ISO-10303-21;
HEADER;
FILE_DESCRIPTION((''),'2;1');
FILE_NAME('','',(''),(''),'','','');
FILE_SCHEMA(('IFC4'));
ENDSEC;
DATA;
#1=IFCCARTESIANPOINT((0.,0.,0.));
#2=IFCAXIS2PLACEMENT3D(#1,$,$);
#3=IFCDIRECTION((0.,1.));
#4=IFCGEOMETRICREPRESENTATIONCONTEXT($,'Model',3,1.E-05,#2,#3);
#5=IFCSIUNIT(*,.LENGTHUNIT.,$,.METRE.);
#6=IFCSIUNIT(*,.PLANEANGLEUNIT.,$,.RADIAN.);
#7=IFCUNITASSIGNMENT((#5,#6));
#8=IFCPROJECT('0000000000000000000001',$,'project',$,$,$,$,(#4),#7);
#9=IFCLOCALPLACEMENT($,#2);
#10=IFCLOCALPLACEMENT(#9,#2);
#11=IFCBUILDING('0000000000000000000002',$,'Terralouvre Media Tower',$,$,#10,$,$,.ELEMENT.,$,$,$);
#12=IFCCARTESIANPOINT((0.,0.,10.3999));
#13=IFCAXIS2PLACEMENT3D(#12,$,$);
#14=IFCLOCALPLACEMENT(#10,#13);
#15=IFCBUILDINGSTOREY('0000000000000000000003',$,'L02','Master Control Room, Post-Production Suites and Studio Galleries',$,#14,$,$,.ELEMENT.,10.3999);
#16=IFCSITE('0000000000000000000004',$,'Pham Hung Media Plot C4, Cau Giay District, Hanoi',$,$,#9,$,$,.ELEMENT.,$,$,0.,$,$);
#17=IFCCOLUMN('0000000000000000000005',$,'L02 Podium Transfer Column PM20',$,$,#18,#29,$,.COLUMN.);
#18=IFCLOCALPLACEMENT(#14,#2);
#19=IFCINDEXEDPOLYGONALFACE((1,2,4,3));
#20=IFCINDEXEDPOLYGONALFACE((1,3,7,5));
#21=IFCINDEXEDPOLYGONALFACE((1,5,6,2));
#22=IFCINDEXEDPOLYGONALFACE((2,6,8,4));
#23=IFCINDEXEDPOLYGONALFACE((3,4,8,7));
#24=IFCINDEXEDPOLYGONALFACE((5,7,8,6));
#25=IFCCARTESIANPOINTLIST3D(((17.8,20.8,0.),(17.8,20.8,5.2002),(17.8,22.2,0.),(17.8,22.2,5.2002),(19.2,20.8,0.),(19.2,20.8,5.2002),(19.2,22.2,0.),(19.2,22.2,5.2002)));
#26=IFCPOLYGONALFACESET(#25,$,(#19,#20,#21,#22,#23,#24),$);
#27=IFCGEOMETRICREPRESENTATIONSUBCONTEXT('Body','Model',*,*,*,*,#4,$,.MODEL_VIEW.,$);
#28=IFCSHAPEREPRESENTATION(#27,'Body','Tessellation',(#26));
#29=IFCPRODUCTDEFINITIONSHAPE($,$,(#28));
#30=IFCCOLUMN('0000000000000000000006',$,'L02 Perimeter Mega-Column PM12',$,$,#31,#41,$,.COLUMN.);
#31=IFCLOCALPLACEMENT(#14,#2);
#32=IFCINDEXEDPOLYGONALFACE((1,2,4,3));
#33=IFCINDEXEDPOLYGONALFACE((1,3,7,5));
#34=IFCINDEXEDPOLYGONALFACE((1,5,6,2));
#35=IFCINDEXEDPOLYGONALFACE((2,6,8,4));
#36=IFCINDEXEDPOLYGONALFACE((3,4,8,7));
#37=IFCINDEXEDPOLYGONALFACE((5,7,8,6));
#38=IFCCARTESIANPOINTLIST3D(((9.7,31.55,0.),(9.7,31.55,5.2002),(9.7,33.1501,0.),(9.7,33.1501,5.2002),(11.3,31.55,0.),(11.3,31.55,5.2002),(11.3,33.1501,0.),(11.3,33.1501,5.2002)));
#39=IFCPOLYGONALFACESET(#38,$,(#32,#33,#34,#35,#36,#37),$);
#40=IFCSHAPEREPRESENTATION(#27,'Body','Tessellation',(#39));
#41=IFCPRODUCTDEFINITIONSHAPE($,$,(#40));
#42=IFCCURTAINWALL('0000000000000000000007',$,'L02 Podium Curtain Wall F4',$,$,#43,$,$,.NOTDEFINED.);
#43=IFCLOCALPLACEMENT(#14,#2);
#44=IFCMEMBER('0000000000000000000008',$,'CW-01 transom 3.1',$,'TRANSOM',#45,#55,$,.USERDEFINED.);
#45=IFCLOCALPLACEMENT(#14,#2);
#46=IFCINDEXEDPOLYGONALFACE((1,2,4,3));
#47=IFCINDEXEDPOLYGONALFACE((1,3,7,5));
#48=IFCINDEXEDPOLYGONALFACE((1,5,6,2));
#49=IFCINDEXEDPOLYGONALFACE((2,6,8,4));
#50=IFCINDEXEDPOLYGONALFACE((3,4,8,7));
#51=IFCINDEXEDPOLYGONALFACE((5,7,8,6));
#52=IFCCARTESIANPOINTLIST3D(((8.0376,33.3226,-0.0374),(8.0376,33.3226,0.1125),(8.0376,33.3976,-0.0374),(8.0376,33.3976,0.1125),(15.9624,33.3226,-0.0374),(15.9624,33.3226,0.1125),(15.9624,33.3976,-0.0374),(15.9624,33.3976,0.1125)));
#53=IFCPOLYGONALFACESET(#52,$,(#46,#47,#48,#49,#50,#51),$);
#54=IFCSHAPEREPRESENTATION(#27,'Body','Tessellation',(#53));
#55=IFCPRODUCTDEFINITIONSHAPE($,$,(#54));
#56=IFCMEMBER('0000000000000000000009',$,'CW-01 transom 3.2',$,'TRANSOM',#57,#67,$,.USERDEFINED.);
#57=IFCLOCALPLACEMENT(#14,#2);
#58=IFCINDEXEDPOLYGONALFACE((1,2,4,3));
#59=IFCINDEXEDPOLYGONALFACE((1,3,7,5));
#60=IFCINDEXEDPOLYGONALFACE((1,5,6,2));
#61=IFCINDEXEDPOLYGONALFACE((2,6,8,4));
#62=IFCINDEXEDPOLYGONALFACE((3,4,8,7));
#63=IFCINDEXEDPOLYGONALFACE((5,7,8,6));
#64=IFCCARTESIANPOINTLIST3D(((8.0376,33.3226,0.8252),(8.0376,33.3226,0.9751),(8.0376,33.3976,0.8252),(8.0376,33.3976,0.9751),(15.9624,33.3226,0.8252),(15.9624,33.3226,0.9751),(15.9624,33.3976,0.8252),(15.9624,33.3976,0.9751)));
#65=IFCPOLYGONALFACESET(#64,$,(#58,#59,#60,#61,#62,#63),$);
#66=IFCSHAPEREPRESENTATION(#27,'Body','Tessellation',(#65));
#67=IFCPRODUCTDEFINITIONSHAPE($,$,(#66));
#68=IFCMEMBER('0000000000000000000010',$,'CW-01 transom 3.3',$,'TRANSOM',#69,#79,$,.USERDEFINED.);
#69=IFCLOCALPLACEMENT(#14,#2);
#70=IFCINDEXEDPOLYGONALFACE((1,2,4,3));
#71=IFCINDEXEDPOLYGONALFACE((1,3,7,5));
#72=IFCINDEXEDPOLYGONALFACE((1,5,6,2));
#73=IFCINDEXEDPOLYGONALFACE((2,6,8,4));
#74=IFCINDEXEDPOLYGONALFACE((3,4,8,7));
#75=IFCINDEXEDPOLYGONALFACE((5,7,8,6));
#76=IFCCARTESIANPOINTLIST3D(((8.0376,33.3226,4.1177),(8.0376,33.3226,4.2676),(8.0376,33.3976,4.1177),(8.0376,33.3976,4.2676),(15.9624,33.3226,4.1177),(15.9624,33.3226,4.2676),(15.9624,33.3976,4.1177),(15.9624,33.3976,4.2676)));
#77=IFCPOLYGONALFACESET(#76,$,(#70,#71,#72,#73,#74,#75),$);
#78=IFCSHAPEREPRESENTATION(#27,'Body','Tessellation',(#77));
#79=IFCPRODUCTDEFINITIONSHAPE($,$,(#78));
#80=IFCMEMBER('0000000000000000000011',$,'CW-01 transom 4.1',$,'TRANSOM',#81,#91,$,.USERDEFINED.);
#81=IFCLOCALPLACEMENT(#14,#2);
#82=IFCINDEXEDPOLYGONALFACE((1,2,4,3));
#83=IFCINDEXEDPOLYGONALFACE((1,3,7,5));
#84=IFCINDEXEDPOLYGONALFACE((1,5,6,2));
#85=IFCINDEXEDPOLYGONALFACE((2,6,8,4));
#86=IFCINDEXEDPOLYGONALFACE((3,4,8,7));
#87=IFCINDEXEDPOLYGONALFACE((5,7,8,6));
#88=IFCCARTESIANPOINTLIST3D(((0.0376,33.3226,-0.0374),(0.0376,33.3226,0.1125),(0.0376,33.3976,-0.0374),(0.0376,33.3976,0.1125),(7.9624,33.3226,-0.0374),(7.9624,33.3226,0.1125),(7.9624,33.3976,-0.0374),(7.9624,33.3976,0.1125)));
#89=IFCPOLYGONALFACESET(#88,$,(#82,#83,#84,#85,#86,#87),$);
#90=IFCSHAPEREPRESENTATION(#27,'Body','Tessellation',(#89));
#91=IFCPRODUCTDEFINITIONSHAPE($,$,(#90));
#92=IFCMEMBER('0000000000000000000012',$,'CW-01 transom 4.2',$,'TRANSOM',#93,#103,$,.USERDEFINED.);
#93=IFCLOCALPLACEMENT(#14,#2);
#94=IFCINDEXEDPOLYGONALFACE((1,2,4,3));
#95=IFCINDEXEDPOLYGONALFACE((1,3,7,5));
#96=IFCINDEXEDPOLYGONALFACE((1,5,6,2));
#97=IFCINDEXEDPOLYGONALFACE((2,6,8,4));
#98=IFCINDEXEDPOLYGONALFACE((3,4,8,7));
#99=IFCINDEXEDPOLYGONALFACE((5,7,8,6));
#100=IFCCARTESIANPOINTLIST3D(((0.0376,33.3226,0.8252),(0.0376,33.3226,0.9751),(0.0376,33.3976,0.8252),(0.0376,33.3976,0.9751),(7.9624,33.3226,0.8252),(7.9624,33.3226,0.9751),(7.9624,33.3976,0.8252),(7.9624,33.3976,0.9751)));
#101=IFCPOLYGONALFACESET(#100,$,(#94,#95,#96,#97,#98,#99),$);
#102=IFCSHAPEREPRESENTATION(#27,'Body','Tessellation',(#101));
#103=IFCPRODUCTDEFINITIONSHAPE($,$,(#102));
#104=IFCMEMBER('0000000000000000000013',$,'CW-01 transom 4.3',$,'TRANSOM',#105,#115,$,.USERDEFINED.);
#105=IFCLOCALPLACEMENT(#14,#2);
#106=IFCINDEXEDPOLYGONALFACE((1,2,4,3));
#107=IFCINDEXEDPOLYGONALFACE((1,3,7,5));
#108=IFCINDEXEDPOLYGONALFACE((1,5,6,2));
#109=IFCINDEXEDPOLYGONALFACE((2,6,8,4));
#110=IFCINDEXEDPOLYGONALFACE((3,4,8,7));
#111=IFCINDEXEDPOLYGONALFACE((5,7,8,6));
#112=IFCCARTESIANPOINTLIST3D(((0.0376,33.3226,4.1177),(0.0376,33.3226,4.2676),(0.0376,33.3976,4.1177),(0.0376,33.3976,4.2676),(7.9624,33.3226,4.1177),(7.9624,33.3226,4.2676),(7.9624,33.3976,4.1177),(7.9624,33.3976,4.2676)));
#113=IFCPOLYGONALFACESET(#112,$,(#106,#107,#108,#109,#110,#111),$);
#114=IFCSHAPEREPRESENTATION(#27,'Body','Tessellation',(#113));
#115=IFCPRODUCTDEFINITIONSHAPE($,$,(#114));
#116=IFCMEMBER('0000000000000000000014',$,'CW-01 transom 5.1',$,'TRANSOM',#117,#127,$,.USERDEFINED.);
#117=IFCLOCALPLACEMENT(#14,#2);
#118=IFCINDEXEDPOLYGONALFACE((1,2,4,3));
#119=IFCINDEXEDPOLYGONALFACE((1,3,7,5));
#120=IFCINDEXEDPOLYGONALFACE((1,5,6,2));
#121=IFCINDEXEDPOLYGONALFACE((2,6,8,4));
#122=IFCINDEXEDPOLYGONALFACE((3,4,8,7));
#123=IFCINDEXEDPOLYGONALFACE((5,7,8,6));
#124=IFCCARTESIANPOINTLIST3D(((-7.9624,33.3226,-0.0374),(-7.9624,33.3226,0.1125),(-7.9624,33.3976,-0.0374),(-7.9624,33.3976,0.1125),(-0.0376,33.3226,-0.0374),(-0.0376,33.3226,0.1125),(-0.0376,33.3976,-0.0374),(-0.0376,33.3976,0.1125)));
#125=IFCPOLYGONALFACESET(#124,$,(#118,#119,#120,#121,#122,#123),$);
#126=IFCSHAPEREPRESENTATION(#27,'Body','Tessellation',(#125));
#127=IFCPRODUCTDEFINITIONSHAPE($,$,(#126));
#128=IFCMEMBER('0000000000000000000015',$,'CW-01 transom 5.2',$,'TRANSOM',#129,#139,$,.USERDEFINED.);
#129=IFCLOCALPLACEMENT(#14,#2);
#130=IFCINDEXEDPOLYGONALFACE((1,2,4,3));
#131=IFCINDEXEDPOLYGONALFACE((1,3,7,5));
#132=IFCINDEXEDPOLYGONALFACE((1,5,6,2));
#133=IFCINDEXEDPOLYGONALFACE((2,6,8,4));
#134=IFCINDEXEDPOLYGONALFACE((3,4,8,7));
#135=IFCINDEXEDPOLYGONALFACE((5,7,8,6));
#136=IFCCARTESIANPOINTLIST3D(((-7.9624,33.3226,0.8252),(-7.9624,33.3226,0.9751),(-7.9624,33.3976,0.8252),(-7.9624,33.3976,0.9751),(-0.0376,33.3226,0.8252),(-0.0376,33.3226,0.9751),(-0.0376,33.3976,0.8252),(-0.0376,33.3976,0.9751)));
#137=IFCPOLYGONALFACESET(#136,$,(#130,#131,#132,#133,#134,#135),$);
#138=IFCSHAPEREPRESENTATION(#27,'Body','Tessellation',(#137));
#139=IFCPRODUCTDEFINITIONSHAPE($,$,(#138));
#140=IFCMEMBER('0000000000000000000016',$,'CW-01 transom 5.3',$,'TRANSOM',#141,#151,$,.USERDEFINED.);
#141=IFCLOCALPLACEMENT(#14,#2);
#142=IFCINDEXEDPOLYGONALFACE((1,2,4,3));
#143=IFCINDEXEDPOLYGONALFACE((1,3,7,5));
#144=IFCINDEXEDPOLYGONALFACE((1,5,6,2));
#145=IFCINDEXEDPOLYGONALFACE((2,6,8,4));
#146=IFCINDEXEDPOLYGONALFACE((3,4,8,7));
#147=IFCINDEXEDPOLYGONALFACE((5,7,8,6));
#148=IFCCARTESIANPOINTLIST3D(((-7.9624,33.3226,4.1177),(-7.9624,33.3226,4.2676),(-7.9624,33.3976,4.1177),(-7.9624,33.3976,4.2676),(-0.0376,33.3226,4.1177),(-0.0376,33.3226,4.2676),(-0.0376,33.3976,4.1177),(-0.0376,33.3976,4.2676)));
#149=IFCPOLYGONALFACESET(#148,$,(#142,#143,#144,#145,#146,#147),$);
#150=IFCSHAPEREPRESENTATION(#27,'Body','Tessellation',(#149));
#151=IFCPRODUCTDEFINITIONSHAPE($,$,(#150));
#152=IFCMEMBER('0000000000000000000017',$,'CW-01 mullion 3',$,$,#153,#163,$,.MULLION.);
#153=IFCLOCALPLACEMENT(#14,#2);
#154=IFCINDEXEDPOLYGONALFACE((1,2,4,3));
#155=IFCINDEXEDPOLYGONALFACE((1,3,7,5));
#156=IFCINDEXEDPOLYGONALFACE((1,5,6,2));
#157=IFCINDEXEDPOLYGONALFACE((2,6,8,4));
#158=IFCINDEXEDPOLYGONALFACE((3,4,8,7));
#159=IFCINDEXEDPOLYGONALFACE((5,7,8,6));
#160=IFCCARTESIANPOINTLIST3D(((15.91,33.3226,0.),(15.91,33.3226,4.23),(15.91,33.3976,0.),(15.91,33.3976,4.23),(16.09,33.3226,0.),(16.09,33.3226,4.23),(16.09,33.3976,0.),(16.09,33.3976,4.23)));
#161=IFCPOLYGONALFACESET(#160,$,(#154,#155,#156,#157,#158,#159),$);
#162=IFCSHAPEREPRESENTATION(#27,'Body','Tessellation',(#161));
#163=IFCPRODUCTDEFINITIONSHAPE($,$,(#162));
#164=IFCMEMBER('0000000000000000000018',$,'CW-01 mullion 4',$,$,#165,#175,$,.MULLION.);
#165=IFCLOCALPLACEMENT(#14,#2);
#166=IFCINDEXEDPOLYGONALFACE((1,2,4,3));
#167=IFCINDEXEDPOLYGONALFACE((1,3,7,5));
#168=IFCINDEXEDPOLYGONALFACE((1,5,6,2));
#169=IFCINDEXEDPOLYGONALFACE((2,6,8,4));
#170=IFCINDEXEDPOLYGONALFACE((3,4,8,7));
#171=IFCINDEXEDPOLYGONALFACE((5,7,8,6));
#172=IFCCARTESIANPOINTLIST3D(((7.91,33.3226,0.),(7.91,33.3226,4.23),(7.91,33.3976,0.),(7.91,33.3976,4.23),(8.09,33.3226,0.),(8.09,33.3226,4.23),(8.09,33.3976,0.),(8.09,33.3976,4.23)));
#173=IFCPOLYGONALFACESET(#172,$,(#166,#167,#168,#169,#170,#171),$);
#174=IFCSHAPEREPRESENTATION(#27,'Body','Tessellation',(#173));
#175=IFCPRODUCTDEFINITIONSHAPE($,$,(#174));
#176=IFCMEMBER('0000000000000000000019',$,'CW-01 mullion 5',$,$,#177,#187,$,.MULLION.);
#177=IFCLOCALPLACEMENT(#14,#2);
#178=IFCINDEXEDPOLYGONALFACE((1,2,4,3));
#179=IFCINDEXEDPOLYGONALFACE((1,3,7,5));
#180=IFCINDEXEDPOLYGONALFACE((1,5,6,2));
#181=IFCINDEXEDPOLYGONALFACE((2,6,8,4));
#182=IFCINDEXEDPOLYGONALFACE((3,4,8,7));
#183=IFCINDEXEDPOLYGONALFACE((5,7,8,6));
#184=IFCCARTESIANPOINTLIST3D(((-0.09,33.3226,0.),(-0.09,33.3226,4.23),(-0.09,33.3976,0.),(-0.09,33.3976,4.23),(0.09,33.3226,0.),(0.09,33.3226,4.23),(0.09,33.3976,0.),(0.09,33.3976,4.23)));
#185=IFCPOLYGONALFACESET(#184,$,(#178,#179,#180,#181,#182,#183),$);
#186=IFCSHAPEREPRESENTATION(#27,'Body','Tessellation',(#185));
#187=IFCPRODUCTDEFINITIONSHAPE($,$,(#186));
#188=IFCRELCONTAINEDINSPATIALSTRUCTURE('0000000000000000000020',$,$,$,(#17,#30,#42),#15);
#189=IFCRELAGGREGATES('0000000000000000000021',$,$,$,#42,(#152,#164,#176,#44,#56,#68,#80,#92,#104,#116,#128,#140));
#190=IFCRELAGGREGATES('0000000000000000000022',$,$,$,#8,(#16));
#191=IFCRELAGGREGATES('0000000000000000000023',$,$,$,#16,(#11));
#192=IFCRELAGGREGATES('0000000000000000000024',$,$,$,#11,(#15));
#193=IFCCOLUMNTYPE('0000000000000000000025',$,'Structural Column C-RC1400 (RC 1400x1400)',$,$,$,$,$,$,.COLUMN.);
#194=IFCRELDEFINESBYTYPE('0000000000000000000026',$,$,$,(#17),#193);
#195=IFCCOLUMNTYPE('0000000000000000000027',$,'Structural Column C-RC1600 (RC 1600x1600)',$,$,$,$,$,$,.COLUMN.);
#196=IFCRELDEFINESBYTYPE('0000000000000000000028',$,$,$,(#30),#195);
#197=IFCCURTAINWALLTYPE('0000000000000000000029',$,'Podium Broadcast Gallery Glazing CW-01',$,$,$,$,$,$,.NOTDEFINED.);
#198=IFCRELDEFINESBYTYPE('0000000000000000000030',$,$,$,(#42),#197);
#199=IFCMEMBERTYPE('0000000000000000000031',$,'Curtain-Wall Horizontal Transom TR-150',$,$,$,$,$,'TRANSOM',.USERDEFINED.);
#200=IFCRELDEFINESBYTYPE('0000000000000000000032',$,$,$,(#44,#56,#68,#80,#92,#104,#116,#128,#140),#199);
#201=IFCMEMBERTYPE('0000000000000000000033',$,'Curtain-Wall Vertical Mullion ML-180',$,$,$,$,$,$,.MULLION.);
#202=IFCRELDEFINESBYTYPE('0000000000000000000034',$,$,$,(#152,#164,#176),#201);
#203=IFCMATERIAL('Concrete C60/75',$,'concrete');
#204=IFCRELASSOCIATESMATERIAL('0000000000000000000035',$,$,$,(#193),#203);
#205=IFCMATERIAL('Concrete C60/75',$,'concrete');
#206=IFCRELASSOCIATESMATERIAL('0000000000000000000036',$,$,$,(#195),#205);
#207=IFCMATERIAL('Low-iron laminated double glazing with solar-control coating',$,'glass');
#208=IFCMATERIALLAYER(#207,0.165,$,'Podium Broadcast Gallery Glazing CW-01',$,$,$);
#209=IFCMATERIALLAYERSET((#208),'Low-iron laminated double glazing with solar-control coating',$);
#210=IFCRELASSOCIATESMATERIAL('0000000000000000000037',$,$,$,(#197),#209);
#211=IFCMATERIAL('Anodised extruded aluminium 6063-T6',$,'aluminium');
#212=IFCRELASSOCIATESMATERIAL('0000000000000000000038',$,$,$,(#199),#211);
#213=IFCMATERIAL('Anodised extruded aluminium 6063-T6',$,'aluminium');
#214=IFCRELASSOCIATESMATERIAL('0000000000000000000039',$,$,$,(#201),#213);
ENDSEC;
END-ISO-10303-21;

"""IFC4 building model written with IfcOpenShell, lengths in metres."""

from ifc_helpers import new_model, si_unit, direction, frame, origin, origin_2d, place, context, subcontext, project, spatial, rectangle, extrude, material, layer, layer_set, material_profile, profile_set, type_object, element, aggregate, save


model = new_model("IFC4")

# Units and contexts
model_context = context("Model", 3, precision=1e-05, world=origin(), true_north=direction((0.0, 1.0)))
body_context = subcontext(model_context, "Body", "Model", "MODEL_VIEW")
ifc_project = project(units=[si_unit("LENGTHUNIT", "METRE"), si_unit("PLANEANGLEUNIT", "RADIAN")], contexts=[model_context])

# Site, building, storey
site_placement = place(None, origin())
site = spatial("IfcSite", under=ifc_project, at=site_placement, Name="Pham Hung Media Plot C4, Cau Giay District, Hanoi", CompositionType="ELEMENT", RefElevation=0.0)
building_placement = place(site_placement, origin())
building = spatial("IfcBuilding", under=site, at=building_placement, Name="Terralouvre Media Tower", CompositionType="ELEMENT")
storey_placement = place(building_placement, frame((0.0, 0.0, 10.3999)))
storey = spatial("IfcBuildingStorey", under=building, at=storey_placement, Name="L02", Description="Master Control Room, Post-Production Suites and Studio Galleries", CompositionType="ELEMENT", Elevation=10.3999)

# Columns
ifc_material_1 = material(Name="Concrete C60/75", Category="concrete")
ifc_material_profile_1 = material_profile(ifc_material_1, rectangle(XDim=1.3999, YDim=1.3999, at=origin_2d()), Name="RC 1400x1400")
ifc_profile_set_1 = profile_set([ifc_material_profile_1], Name="Concrete C60/75")
column_type_1 = type_object("IfcColumnType", Name="Structural Column C-RC1400 (RC 1400x1400)", PredefinedType="COLUMN", material=ifc_profile_set_1)
column_1_placement = place(storey_placement, frame((18.5, 21.5, 0.0), z_axis=(0.0, 0.0, 1.0), x_axis=(1.0, 0.0, 0.0)))
element("IfcColumn", 1, at=column_1_placement, inside=storey, type_object=column_type_1, Name="L02 Podium Transfer Column PM20", PredefinedType="COLUMN", context=body_context, shape_type="SweptSolid", body=[
    extrude(rectangle(XDim=1.3999, YDim=1.3999, at=origin_2d()), origin(), (0.0, 0.0, 1.0), 5.2002),
])
ifc_material_2 = material(Name="Concrete C60/75", Category="concrete")
ifc_material_profile_2 = material_profile(ifc_material_2, rectangle(XDim=1.6001, YDim=1.6001, at=origin_2d()), Name="RC 1600x1600")
ifc_profile_set_2 = profile_set([ifc_material_profile_2], Name="Concrete C60/75")
column_type_2 = type_object("IfcColumnType", Name="Structural Column C-RC1600 (RC 1600x1600)", PredefinedType="COLUMN", material=ifc_profile_set_2)
column_2_placement = place(storey_placement, frame((10.5, 32.3501, 0.0), z_axis=(0.0, 0.0, 1.0), x_axis=(1.0, 0.0, 0.0)))
element("IfcColumn", 2, at=column_2_placement, inside=storey, type_object=column_type_2, Name="L02 Perimeter Mega-Column PM12", PredefinedType="COLUMN", context=body_context, shape_type="SweptSolid", body=[
    extrude(rectangle(XDim=1.6001, YDim=1.6001, at=origin_2d()), origin(), (0.0, 0.0, 1.0), 5.2002),
])

# Curtain wall, members
ifc_material_3 = material(Name="Low-iron laminated double glazing with solar-control coating", Category="glass")
ifc_layer_1 = layer(ifc_material_3, 0.165, Name="Podium Broadcast Gallery Glazing CW-01")
ifc_layer_set_1 = layer_set([ifc_layer_1], Name="Low-iron laminated double glazing with solar-control coating")
curtain_wall_type = type_object("IfcCurtainWallType", Name="Podium Broadcast Gallery Glazing CW-01", PredefinedType="NOTDEFINED", material=ifc_layer_set_1)
curtain_wall_placement = place(storey_placement, origin())
curtain_wall = element("IfcCurtainWall", 3, at=curtain_wall_placement, inside=storey, type_object=curtain_wall_type, Name="L02 Podium Curtain Wall F4", PredefinedType="NOTDEFINED")
ifc_material_4 = material(Name="Anodised extruded aluminium 6063-T6", Category="aluminium")
ifc_material_profile_3 = material_profile(ifc_material_4, rectangle(XDim=0.075, YDim=0.1499, at=origin_2d()), Name="ALU 75x150")
ifc_profile_set_3 = profile_set([ifc_material_profile_3], Name="Anodised extruded aluminium 6063-T6")
member_type_1 = type_object("IfcMemberType", Name="Curtain-Wall Horizontal Transom TR-150", ElementType="TRANSOM", PredefinedType="USERDEFINED", material=ifc_profile_set_3)
member_1_placement = place(storey_placement, frame((15.9624, 33.3601, 0.0376), z_axis=(-1.0, 0.0, 0.0), x_axis=(0.0, -1.0, 0.0)))
member_1 = element("IfcMember", 4, at=member_1_placement, type_object=member_type_1, Name="CW-01 transom 3.1", ObjectType="TRANSOM", PredefinedType="USERDEFINED", context=body_context, shape_type="SweptSolid", body=[
    extrude(rectangle(XDim=0.075, YDim=0.1499, at=origin_2d()), origin(), (0.0, 0.0, 1.0), 7.9248),
])
member_2_placement = place(storey_placement, frame((15.9624, 33.3601, 0.9001), z_axis=(-1.0, 0.0, 0.0), x_axis=(0.0, -1.0, 0.0)))
member_2 = element("IfcMember", 5, at=member_2_placement, type_object=member_type_1, Name="CW-01 transom 3.2", ObjectType="TRANSOM", PredefinedType="USERDEFINED", context=body_context, shape_type="SweptSolid", body=[
    extrude(rectangle(XDim=0.075, YDim=0.1499, at=origin_2d()), origin(), (0.0, 0.0, 1.0), 7.9248),
])
member_3_placement = place(storey_placement, frame((15.9624, 33.3601, 4.1926), z_axis=(-1.0, 0.0, 0.0), x_axis=(0.0, -1.0, 0.0)))
member_3 = element("IfcMember", 6, at=member_3_placement, type_object=member_type_1, Name="CW-01 transom 3.3", ObjectType="TRANSOM", PredefinedType="USERDEFINED", context=body_context, shape_type="SweptSolid", body=[
    extrude(rectangle(XDim=0.075, YDim=0.1499, at=origin_2d()), origin(), (0.0, 0.0, 1.0), 7.9248),
])
member_4_placement = place(storey_placement, frame((7.9624, 33.3601, 0.0376), z_axis=(-1.0, 0.0, 0.0), x_axis=(0.0, -1.0, 0.0)))
member_4 = element("IfcMember", 7, at=member_4_placement, type_object=member_type_1, Name="CW-01 transom 4.1", ObjectType="TRANSOM", PredefinedType="USERDEFINED", context=body_context, shape_type="SweptSolid", body=[
    extrude(rectangle(XDim=0.075, YDim=0.1499, at=origin_2d()), origin(), (0.0, 0.0, 1.0), 7.9248),
])
member_5_placement = place(storey_placement, frame((7.9624, 33.3601, 0.9001), z_axis=(-1.0, 0.0, 0.0), x_axis=(0.0, -1.0, 0.0)))
member_5 = element("IfcMember", 8, at=member_5_placement, type_object=member_type_1, Name="CW-01 transom 4.2", ObjectType="TRANSOM", PredefinedType="USERDEFINED", context=body_context, shape_type="SweptSolid", body=[
    extrude(rectangle(XDim=0.075, YDim=0.1499, at=origin_2d()), origin(), (0.0, 0.0, 1.0), 7.9248),
])
member_6_placement = place(storey_placement, frame((7.9624, 33.3601, 4.1926), z_axis=(-1.0, 0.0, 0.0), x_axis=(0.0, -1.0, 0.0)))
member_6 = element("IfcMember", 9, at=member_6_placement, type_object=member_type_1, Name="CW-01 transom 4.3", ObjectType="TRANSOM", PredefinedType="USERDEFINED", context=body_context, shape_type="SweptSolid", body=[
    extrude(rectangle(XDim=0.075, YDim=0.1499, at=origin_2d()), origin(), (0.0, 0.0, 1.0), 7.9248),
])
member_7_placement = place(storey_placement, frame((-0.0376, 33.3601, 0.0376), z_axis=(-1.0, 0.0, 0.0), x_axis=(0.0, -1.0, 0.0)))
member_7 = element("IfcMember", 10, at=member_7_placement, type_object=member_type_1, Name="CW-01 transom 5.1", ObjectType="TRANSOM", PredefinedType="USERDEFINED", context=body_context, shape_type="SweptSolid", body=[
    extrude(rectangle(XDim=0.075, YDim=0.1499, at=origin_2d()), origin(), (0.0, 0.0, 1.0), 7.9248),
])
member_8_placement = place(storey_placement, frame((-0.0376, 33.3601, 0.9001), z_axis=(-1.0, 0.0, 0.0), x_axis=(0.0, -1.0, 0.0)))
member_8 = element("IfcMember", 11, at=member_8_placement, type_object=member_type_1, Name="CW-01 transom 5.2", ObjectType="TRANSOM", PredefinedType="USERDEFINED", context=body_context, shape_type="SweptSolid", body=[
    extrude(rectangle(XDim=0.075, YDim=0.1499, at=origin_2d()), origin(), (0.0, 0.0, 1.0), 7.9248),
])
member_9_placement = place(storey_placement, frame((-0.0376, 33.3601, 4.1926), z_axis=(-1.0, 0.0, 0.0), x_axis=(0.0, -1.0, 0.0)))
member_9 = element("IfcMember", 12, at=member_9_placement, type_object=member_type_1, Name="CW-01 transom 5.3", ObjectType="TRANSOM", PredefinedType="USERDEFINED", context=body_context, shape_type="SweptSolid", body=[
    extrude(rectangle(XDim=0.075, YDim=0.1499, at=origin_2d()), origin(), (0.0, 0.0, 1.0), 7.9248),
])
ifc_material_5 = material(Name="Anodised extruded aluminium 6063-T6", Category="aluminium")
ifc_material_profile_4 = material_profile(ifc_material_5, rectangle(XDim=0.075, YDim=0.1799, at=origin_2d()), Name="ALU 75x180")
ifc_profile_set_4 = profile_set([ifc_material_profile_4], Name="Anodised extruded aluminium 6063-T6")
member_type_2 = type_object("IfcMemberType", Name="Curtain-Wall Vertical Mullion ML-180", PredefinedType="MULLION", material=ifc_profile_set_4)
member_10_placement = place(storey_placement, frame((16.0, 33.3601, 0.0), z_axis=(0.0, 0.0, 1.0), x_axis=(0.0, -1.0, 0.0)))
member_10 = element("IfcMember", 13, at=member_10_placement, type_object=member_type_2, Name="CW-01 mullion 3", PredefinedType="MULLION", context=body_context, shape_type="SweptSolid", body=[
    extrude(rectangle(XDim=0.075, YDim=0.1799, at=origin_2d()), origin(), (0.0, 0.0, 1.0), 4.23),
])
member_11_placement = place(storey_placement, frame((8.0, 33.3601, 0.0), z_axis=(0.0, 0.0, 1.0), x_axis=(0.0, -1.0, 0.0)))
member_11 = element("IfcMember", 14, at=member_11_placement, type_object=member_type_2, Name="CW-01 mullion 4", PredefinedType="MULLION", context=body_context, shape_type="SweptSolid", body=[
    extrude(rectangle(XDim=0.075, YDim=0.1799, at=origin_2d()), origin(), (0.0, 0.0, 1.0), 4.23),
])
member_12_placement = place(storey_placement, frame((0.0, 33.3601, 0.0), z_axis=(0.0, 0.0, 1.0), x_axis=(0.0, -1.0, 0.0)))
member_12 = element("IfcMember", 15, at=member_12_placement, type_object=member_type_2, Name="CW-01 mullion 5", PredefinedType="MULLION", context=body_context, shape_type="SweptSolid", body=[
    extrude(rectangle(XDim=0.075, YDim=0.1799, at=origin_2d()), origin(), (0.0, 0.0, 1.0), 4.23),
])

aggregate(curtain_wall, [member_10, member_11, member_12, member_1, member_2, member_3, member_4, member_5, member_6, member_7, member_8, member_9])

save(model, "model.ifc")
